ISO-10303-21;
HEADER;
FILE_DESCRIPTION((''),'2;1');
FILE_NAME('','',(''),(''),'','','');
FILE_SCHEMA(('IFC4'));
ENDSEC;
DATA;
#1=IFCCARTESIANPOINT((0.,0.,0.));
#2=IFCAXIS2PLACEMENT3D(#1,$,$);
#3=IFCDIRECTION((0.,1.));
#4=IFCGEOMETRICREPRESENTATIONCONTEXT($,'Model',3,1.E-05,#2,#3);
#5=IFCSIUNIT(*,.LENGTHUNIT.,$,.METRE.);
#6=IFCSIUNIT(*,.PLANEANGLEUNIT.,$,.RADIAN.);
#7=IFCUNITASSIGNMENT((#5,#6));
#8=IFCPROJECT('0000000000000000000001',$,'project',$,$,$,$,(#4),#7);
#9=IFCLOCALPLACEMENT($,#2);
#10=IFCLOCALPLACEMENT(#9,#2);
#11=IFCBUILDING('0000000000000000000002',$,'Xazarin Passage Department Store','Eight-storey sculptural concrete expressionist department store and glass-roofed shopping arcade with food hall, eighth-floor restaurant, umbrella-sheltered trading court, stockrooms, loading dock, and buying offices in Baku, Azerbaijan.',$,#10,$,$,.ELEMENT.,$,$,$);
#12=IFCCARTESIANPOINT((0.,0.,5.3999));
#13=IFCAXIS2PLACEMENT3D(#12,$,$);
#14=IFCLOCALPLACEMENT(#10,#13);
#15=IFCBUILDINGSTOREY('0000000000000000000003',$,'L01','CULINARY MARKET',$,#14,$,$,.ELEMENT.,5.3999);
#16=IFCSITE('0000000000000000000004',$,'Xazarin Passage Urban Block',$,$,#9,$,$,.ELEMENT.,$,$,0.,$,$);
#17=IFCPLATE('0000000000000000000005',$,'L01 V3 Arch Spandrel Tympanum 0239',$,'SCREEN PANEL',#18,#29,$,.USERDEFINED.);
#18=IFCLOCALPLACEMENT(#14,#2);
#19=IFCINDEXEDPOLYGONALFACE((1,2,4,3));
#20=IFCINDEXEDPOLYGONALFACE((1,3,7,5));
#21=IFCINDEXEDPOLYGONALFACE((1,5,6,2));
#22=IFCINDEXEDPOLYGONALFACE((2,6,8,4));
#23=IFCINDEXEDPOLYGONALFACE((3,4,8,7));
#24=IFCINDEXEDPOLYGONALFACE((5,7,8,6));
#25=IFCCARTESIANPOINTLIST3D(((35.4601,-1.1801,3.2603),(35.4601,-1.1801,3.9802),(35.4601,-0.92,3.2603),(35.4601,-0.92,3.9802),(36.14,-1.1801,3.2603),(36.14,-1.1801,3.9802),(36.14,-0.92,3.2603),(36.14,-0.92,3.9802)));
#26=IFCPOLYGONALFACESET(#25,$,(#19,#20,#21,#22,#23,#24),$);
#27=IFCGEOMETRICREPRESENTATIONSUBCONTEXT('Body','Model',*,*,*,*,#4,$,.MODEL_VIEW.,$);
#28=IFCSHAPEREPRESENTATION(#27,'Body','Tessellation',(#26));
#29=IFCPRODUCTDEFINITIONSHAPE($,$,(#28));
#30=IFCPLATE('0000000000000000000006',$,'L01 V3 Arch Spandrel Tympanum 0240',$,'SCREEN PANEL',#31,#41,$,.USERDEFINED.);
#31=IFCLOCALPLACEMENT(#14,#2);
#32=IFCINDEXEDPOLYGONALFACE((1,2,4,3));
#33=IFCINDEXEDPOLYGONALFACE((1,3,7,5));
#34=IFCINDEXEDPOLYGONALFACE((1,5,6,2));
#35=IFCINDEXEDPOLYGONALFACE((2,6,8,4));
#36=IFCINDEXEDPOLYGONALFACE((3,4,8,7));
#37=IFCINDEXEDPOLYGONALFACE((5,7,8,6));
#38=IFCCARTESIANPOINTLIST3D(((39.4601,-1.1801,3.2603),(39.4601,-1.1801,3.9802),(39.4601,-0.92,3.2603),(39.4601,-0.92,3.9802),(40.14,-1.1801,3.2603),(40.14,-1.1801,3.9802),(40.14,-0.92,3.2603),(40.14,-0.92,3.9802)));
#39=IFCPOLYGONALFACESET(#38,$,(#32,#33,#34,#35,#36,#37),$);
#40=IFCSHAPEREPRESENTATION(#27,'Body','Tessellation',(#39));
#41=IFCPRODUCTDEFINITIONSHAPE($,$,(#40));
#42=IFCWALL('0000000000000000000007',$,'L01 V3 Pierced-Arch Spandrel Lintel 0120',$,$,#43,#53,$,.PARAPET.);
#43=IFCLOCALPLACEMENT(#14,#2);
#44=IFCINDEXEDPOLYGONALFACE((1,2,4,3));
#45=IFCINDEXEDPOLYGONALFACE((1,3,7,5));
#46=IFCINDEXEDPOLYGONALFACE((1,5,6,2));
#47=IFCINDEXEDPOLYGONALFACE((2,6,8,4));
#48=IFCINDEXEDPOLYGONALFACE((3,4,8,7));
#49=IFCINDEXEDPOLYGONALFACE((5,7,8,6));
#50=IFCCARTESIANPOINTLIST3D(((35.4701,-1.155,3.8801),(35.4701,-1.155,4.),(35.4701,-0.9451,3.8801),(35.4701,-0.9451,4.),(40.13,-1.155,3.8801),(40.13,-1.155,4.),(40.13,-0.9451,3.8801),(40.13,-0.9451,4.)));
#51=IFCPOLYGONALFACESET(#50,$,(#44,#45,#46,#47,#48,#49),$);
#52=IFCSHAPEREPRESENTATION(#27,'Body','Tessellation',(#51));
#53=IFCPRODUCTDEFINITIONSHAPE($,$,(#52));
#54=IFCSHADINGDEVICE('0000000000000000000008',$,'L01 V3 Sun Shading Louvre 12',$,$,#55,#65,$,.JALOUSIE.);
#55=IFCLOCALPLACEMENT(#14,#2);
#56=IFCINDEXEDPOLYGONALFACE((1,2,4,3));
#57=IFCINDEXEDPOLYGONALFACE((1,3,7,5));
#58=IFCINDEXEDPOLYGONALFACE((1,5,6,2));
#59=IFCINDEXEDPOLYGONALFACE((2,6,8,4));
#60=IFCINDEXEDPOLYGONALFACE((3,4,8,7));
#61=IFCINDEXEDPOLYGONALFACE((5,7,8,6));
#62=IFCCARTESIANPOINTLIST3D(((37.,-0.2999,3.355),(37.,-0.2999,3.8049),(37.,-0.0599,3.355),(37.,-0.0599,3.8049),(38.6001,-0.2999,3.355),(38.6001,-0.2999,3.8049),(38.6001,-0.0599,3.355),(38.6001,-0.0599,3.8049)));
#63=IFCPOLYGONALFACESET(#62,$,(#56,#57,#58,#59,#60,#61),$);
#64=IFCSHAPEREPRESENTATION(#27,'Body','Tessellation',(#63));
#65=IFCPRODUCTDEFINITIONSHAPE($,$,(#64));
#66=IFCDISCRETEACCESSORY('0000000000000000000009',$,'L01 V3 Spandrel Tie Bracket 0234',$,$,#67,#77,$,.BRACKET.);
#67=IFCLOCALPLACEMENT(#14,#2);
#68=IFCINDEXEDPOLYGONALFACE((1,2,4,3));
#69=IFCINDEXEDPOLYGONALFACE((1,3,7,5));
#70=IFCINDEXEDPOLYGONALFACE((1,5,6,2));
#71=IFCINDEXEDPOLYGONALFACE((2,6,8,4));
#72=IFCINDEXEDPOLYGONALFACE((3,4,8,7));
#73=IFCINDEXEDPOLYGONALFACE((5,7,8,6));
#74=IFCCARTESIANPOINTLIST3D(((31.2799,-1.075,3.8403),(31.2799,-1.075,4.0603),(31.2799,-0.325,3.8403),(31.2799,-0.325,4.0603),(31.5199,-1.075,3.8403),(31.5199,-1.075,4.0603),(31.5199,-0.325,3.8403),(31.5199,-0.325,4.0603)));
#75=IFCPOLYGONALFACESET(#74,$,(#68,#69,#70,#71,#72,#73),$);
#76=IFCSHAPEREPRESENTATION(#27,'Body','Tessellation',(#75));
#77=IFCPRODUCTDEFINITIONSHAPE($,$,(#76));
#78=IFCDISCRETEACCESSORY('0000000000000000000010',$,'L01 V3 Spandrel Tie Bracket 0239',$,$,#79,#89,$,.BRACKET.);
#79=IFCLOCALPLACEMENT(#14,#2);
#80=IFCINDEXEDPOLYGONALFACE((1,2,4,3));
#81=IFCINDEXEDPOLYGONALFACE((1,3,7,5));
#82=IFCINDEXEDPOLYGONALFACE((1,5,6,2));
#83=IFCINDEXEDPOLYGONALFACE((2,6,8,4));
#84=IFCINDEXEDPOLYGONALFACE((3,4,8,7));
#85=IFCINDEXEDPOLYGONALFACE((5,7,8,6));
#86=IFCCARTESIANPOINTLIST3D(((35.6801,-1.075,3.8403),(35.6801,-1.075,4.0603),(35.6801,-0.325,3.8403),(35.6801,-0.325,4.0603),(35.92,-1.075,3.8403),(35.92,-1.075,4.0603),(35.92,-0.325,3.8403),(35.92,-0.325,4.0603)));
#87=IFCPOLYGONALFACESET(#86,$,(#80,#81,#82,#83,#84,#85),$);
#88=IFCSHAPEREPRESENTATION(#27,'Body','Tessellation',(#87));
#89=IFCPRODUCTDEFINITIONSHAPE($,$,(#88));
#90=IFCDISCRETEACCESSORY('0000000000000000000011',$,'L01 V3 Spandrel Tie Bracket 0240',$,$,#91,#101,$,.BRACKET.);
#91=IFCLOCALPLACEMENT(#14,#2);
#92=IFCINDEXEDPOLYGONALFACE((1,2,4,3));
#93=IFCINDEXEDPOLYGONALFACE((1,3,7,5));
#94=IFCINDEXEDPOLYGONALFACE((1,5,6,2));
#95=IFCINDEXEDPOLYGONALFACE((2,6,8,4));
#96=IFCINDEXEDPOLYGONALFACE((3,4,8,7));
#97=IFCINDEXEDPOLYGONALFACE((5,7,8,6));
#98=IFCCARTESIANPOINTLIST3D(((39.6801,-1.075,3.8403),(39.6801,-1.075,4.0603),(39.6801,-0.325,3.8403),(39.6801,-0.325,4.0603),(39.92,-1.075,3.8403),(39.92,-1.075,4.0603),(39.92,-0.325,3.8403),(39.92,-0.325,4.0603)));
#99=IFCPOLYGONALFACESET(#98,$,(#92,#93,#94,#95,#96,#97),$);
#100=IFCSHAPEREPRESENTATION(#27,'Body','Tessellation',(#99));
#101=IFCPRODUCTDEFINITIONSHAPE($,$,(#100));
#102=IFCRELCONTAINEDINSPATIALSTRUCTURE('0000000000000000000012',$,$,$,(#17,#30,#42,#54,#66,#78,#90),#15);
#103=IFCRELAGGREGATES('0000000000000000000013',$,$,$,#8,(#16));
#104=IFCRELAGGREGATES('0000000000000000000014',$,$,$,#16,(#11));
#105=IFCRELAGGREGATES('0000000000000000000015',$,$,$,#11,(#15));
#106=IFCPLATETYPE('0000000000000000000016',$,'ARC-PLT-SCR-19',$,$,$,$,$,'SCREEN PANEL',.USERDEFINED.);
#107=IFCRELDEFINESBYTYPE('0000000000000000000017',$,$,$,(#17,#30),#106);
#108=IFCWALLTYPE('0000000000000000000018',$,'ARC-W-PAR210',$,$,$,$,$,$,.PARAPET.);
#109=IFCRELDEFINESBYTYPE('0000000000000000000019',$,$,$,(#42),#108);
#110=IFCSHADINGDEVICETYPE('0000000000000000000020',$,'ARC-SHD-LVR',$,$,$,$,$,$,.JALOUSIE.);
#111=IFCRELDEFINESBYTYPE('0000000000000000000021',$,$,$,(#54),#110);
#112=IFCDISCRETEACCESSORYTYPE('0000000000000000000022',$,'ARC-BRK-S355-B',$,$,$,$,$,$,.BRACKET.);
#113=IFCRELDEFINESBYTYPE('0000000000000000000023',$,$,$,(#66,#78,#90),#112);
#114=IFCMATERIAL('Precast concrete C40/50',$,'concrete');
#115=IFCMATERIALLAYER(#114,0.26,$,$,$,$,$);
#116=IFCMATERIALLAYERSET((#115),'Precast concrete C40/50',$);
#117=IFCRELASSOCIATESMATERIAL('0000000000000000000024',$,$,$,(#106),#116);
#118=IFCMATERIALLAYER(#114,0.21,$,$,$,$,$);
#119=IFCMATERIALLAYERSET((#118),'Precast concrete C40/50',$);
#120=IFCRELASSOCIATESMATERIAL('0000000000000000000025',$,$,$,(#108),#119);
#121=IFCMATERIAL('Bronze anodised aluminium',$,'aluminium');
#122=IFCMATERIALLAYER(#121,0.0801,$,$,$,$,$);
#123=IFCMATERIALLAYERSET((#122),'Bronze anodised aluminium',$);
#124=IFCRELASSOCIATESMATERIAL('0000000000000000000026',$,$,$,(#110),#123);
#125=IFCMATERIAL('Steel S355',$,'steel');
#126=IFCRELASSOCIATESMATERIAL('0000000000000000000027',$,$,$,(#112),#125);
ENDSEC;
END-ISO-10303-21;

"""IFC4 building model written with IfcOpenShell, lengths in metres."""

from ifc_helpers import new_model, si_unit, direction, frame, frame_2d, origin, origin_2d, place, context, subcontext, project, spatial, rectangle, extrude, material, layer, layer_set, type_object, element, save


model = new_model("IFC4")

# Units and contexts
model_context = context("Model", 3, precision=1e-05, world=origin(), true_north=direction((0.0, 1.0)))
body_context = subcontext(model_context, "Body", "Model", "MODEL_VIEW")
ifc_project = project(units=[si_unit("LENGTHUNIT", "METRE"), si_unit("PLANEANGLEUNIT", "RADIAN")], contexts=[model_context])

# Site, building, storey
site_placement = place(None, origin())
site = spatial("IfcSite", under=ifc_project, at=site_placement, Name="Xazarin Passage Urban Block", CompositionType="ELEMENT", RefElevation=0.0)
building_placement = place(site_placement, origin())
building = spatial("IfcBuilding", under=site, at=building_placement, Name="Xazarin Passage Department Store", Description="Eight-storey sculptural concrete expressionist department store and glass-roofed shopping arcade with food hall, eighth-floor restaurant, umbrella-sheltered trading court, stockrooms, loading dock, and buying offices in Baku, Azerbaijan.", CompositionType="ELEMENT")
storey_placement = place(building_placement, frame((0.0, 0.0, 5.3999)))
storey = spatial("IfcBuildingStorey", under=building, at=storey_placement, Name="L01", Description="CULINARY MARKET", CompositionType="ELEMENT", Elevation=5.3999)

# Shared definitions
ifc_material_1 = material(Name="Bronze anodised aluminium", Category="aluminium")

# Plates
ifc_material_2 = material(Name="Precast concrete C40/50", Category="concrete")
ifc_layer_1 = layer(ifc_material_2, 0.26)
ifc_layer_set_1 = layer_set([ifc_layer_1], Name="Precast concrete C40/50")
plate_type_1 = type_object("IfcPlateType", Name="ARC-PLT-SCR-19", ElementType="SCREEN PANEL", PredefinedType="USERDEFINED", material=ifc_layer_set_1)
for number, where, z_axis, x_axis, name in (
    (1, (35.8, -1.05, 3.2603), (0.0, 0.0, 1.0), (1.0, 0.0, 0.0), "L01 V3 Arch Spandrel Tympanum 0239"),
    (2, (39.8, -1.05, 3.2603), (0.0, 0.0, 1.0), (1.0, 0.0, 0.0), "L01 V3 Arch Spandrel Tympanum 0240"),
):
    element("IfcPlate", number, at=place(storey_placement, frame(where, z_axis=z_axis, x_axis=x_axis)), inside=storey, type_object=plate_type_1, Name=name, ObjectType="SCREEN PANEL", PredefinedType="USERDEFINED", context=body_context, shape_type="SweptSolid", body=[
        extrude(rectangle(XDim=0.6799, YDim=0.26, at=origin_2d()), origin(), (0.0, 0.0, 1.0), 0.72),
    ])

# Wall
ifc_layer_2 = layer(ifc_material_2, 0.21)
ifc_layer_set_2 = layer_set([ifc_layer_2], Name="Precast concrete C40/50")
wall_type = type_object("IfcWallType", Name="ARC-W-PAR210", PredefinedType="PARAPET", material=ifc_layer_set_2)
wall_placement = place(storey_placement, frame((35.47, -1.05, 3.8801), z_axis=(0.0, 0.0, 1.0), x_axis=(1.0, 0.0, 0.0)))
element("IfcWall", 3, at=wall_placement, inside=storey, type_object=wall_type, Name="L01 V3 Pierced-Arch Spandrel Lintel 0120", PredefinedType="PARAPET", context=body_context, shape_type="SweptSolid", body=[
    extrude(rectangle(XDim=4.6599, YDim=0.21, at=frame_2d((2.3301, 0.0))), origin(), (0.0, 0.0, 1.0), 0.1199),
])

# Shading device
ifc_layer_3 = layer(ifc_material_1, 0.0801)
ifc_layer_set_3 = layer_set([ifc_layer_3], Name="Bronze anodised aluminium")
shading_device_type = type_object("IfcShadingDeviceType", Name="ARC-SHD-LVR", PredefinedType="JALOUSIE", material=ifc_layer_set_3)
shading_device_placement = place(storey_placement, frame((37.8, -0.1799, 3.355), z_axis=(0.0, 0.0, 1.0), x_axis=(1.0, 0.0, 0.0)))
element("IfcShadingDevice", 4, at=shading_device_placement, inside=storey, type_object=shading_device_type, Name="L01 V3 Sun Shading Louvre 12", PredefinedType="JALOUSIE", context=body_context, shape_type="SweptSolid", body=[
    extrude(rectangle(XDim=1.6001, YDim=0.24, at=origin_2d()), origin(), (0.0, 0.0, 1.0), 0.45),
])

# Discrete accessories
ifc_material_3 = material(Name="Steel S355", Category="steel")
discrete_accessory_type = type_object("IfcDiscreteAccessoryType", Name="ARC-BRK-S355-B", PredefinedType="BRACKET", material=ifc_material_3)
for number, where, z_axis, x_axis, name in (
    (5, (31.3999, -0.7, 3.8403), (0.0, 0.0, 1.0), (1.0, 0.0, 0.0), "L01 V3 Spandrel Tie Bracket 0234"),
    (6, (35.8, -0.7, 3.8403), (0.0, 0.0, 1.0), (1.0, 0.0, 0.0), "L01 V3 Spandrel Tie Bracket 0239"),
    (7, (39.8, -0.7, 3.8403), (0.0, 0.0, 1.0), (1.0, 0.0, 0.0), "L01 V3 Spandrel Tie Bracket 0240"),
):
    element("IfcDiscreteAccessory", number, at=place(storey_placement, frame(where, z_axis=z_axis, x_axis=x_axis)), inside=storey, type_object=discrete_accessory_type, Name=name, PredefinedType="BRACKET", context=body_context, shape_type="SweptSolid", body=[
        extrude(rectangle(XDim=0.24, YDim=0.75, at=origin_2d()), origin(), (0.0, 0.0, 1.0), 0.22),
    ])

save(model, "model.ifc")
